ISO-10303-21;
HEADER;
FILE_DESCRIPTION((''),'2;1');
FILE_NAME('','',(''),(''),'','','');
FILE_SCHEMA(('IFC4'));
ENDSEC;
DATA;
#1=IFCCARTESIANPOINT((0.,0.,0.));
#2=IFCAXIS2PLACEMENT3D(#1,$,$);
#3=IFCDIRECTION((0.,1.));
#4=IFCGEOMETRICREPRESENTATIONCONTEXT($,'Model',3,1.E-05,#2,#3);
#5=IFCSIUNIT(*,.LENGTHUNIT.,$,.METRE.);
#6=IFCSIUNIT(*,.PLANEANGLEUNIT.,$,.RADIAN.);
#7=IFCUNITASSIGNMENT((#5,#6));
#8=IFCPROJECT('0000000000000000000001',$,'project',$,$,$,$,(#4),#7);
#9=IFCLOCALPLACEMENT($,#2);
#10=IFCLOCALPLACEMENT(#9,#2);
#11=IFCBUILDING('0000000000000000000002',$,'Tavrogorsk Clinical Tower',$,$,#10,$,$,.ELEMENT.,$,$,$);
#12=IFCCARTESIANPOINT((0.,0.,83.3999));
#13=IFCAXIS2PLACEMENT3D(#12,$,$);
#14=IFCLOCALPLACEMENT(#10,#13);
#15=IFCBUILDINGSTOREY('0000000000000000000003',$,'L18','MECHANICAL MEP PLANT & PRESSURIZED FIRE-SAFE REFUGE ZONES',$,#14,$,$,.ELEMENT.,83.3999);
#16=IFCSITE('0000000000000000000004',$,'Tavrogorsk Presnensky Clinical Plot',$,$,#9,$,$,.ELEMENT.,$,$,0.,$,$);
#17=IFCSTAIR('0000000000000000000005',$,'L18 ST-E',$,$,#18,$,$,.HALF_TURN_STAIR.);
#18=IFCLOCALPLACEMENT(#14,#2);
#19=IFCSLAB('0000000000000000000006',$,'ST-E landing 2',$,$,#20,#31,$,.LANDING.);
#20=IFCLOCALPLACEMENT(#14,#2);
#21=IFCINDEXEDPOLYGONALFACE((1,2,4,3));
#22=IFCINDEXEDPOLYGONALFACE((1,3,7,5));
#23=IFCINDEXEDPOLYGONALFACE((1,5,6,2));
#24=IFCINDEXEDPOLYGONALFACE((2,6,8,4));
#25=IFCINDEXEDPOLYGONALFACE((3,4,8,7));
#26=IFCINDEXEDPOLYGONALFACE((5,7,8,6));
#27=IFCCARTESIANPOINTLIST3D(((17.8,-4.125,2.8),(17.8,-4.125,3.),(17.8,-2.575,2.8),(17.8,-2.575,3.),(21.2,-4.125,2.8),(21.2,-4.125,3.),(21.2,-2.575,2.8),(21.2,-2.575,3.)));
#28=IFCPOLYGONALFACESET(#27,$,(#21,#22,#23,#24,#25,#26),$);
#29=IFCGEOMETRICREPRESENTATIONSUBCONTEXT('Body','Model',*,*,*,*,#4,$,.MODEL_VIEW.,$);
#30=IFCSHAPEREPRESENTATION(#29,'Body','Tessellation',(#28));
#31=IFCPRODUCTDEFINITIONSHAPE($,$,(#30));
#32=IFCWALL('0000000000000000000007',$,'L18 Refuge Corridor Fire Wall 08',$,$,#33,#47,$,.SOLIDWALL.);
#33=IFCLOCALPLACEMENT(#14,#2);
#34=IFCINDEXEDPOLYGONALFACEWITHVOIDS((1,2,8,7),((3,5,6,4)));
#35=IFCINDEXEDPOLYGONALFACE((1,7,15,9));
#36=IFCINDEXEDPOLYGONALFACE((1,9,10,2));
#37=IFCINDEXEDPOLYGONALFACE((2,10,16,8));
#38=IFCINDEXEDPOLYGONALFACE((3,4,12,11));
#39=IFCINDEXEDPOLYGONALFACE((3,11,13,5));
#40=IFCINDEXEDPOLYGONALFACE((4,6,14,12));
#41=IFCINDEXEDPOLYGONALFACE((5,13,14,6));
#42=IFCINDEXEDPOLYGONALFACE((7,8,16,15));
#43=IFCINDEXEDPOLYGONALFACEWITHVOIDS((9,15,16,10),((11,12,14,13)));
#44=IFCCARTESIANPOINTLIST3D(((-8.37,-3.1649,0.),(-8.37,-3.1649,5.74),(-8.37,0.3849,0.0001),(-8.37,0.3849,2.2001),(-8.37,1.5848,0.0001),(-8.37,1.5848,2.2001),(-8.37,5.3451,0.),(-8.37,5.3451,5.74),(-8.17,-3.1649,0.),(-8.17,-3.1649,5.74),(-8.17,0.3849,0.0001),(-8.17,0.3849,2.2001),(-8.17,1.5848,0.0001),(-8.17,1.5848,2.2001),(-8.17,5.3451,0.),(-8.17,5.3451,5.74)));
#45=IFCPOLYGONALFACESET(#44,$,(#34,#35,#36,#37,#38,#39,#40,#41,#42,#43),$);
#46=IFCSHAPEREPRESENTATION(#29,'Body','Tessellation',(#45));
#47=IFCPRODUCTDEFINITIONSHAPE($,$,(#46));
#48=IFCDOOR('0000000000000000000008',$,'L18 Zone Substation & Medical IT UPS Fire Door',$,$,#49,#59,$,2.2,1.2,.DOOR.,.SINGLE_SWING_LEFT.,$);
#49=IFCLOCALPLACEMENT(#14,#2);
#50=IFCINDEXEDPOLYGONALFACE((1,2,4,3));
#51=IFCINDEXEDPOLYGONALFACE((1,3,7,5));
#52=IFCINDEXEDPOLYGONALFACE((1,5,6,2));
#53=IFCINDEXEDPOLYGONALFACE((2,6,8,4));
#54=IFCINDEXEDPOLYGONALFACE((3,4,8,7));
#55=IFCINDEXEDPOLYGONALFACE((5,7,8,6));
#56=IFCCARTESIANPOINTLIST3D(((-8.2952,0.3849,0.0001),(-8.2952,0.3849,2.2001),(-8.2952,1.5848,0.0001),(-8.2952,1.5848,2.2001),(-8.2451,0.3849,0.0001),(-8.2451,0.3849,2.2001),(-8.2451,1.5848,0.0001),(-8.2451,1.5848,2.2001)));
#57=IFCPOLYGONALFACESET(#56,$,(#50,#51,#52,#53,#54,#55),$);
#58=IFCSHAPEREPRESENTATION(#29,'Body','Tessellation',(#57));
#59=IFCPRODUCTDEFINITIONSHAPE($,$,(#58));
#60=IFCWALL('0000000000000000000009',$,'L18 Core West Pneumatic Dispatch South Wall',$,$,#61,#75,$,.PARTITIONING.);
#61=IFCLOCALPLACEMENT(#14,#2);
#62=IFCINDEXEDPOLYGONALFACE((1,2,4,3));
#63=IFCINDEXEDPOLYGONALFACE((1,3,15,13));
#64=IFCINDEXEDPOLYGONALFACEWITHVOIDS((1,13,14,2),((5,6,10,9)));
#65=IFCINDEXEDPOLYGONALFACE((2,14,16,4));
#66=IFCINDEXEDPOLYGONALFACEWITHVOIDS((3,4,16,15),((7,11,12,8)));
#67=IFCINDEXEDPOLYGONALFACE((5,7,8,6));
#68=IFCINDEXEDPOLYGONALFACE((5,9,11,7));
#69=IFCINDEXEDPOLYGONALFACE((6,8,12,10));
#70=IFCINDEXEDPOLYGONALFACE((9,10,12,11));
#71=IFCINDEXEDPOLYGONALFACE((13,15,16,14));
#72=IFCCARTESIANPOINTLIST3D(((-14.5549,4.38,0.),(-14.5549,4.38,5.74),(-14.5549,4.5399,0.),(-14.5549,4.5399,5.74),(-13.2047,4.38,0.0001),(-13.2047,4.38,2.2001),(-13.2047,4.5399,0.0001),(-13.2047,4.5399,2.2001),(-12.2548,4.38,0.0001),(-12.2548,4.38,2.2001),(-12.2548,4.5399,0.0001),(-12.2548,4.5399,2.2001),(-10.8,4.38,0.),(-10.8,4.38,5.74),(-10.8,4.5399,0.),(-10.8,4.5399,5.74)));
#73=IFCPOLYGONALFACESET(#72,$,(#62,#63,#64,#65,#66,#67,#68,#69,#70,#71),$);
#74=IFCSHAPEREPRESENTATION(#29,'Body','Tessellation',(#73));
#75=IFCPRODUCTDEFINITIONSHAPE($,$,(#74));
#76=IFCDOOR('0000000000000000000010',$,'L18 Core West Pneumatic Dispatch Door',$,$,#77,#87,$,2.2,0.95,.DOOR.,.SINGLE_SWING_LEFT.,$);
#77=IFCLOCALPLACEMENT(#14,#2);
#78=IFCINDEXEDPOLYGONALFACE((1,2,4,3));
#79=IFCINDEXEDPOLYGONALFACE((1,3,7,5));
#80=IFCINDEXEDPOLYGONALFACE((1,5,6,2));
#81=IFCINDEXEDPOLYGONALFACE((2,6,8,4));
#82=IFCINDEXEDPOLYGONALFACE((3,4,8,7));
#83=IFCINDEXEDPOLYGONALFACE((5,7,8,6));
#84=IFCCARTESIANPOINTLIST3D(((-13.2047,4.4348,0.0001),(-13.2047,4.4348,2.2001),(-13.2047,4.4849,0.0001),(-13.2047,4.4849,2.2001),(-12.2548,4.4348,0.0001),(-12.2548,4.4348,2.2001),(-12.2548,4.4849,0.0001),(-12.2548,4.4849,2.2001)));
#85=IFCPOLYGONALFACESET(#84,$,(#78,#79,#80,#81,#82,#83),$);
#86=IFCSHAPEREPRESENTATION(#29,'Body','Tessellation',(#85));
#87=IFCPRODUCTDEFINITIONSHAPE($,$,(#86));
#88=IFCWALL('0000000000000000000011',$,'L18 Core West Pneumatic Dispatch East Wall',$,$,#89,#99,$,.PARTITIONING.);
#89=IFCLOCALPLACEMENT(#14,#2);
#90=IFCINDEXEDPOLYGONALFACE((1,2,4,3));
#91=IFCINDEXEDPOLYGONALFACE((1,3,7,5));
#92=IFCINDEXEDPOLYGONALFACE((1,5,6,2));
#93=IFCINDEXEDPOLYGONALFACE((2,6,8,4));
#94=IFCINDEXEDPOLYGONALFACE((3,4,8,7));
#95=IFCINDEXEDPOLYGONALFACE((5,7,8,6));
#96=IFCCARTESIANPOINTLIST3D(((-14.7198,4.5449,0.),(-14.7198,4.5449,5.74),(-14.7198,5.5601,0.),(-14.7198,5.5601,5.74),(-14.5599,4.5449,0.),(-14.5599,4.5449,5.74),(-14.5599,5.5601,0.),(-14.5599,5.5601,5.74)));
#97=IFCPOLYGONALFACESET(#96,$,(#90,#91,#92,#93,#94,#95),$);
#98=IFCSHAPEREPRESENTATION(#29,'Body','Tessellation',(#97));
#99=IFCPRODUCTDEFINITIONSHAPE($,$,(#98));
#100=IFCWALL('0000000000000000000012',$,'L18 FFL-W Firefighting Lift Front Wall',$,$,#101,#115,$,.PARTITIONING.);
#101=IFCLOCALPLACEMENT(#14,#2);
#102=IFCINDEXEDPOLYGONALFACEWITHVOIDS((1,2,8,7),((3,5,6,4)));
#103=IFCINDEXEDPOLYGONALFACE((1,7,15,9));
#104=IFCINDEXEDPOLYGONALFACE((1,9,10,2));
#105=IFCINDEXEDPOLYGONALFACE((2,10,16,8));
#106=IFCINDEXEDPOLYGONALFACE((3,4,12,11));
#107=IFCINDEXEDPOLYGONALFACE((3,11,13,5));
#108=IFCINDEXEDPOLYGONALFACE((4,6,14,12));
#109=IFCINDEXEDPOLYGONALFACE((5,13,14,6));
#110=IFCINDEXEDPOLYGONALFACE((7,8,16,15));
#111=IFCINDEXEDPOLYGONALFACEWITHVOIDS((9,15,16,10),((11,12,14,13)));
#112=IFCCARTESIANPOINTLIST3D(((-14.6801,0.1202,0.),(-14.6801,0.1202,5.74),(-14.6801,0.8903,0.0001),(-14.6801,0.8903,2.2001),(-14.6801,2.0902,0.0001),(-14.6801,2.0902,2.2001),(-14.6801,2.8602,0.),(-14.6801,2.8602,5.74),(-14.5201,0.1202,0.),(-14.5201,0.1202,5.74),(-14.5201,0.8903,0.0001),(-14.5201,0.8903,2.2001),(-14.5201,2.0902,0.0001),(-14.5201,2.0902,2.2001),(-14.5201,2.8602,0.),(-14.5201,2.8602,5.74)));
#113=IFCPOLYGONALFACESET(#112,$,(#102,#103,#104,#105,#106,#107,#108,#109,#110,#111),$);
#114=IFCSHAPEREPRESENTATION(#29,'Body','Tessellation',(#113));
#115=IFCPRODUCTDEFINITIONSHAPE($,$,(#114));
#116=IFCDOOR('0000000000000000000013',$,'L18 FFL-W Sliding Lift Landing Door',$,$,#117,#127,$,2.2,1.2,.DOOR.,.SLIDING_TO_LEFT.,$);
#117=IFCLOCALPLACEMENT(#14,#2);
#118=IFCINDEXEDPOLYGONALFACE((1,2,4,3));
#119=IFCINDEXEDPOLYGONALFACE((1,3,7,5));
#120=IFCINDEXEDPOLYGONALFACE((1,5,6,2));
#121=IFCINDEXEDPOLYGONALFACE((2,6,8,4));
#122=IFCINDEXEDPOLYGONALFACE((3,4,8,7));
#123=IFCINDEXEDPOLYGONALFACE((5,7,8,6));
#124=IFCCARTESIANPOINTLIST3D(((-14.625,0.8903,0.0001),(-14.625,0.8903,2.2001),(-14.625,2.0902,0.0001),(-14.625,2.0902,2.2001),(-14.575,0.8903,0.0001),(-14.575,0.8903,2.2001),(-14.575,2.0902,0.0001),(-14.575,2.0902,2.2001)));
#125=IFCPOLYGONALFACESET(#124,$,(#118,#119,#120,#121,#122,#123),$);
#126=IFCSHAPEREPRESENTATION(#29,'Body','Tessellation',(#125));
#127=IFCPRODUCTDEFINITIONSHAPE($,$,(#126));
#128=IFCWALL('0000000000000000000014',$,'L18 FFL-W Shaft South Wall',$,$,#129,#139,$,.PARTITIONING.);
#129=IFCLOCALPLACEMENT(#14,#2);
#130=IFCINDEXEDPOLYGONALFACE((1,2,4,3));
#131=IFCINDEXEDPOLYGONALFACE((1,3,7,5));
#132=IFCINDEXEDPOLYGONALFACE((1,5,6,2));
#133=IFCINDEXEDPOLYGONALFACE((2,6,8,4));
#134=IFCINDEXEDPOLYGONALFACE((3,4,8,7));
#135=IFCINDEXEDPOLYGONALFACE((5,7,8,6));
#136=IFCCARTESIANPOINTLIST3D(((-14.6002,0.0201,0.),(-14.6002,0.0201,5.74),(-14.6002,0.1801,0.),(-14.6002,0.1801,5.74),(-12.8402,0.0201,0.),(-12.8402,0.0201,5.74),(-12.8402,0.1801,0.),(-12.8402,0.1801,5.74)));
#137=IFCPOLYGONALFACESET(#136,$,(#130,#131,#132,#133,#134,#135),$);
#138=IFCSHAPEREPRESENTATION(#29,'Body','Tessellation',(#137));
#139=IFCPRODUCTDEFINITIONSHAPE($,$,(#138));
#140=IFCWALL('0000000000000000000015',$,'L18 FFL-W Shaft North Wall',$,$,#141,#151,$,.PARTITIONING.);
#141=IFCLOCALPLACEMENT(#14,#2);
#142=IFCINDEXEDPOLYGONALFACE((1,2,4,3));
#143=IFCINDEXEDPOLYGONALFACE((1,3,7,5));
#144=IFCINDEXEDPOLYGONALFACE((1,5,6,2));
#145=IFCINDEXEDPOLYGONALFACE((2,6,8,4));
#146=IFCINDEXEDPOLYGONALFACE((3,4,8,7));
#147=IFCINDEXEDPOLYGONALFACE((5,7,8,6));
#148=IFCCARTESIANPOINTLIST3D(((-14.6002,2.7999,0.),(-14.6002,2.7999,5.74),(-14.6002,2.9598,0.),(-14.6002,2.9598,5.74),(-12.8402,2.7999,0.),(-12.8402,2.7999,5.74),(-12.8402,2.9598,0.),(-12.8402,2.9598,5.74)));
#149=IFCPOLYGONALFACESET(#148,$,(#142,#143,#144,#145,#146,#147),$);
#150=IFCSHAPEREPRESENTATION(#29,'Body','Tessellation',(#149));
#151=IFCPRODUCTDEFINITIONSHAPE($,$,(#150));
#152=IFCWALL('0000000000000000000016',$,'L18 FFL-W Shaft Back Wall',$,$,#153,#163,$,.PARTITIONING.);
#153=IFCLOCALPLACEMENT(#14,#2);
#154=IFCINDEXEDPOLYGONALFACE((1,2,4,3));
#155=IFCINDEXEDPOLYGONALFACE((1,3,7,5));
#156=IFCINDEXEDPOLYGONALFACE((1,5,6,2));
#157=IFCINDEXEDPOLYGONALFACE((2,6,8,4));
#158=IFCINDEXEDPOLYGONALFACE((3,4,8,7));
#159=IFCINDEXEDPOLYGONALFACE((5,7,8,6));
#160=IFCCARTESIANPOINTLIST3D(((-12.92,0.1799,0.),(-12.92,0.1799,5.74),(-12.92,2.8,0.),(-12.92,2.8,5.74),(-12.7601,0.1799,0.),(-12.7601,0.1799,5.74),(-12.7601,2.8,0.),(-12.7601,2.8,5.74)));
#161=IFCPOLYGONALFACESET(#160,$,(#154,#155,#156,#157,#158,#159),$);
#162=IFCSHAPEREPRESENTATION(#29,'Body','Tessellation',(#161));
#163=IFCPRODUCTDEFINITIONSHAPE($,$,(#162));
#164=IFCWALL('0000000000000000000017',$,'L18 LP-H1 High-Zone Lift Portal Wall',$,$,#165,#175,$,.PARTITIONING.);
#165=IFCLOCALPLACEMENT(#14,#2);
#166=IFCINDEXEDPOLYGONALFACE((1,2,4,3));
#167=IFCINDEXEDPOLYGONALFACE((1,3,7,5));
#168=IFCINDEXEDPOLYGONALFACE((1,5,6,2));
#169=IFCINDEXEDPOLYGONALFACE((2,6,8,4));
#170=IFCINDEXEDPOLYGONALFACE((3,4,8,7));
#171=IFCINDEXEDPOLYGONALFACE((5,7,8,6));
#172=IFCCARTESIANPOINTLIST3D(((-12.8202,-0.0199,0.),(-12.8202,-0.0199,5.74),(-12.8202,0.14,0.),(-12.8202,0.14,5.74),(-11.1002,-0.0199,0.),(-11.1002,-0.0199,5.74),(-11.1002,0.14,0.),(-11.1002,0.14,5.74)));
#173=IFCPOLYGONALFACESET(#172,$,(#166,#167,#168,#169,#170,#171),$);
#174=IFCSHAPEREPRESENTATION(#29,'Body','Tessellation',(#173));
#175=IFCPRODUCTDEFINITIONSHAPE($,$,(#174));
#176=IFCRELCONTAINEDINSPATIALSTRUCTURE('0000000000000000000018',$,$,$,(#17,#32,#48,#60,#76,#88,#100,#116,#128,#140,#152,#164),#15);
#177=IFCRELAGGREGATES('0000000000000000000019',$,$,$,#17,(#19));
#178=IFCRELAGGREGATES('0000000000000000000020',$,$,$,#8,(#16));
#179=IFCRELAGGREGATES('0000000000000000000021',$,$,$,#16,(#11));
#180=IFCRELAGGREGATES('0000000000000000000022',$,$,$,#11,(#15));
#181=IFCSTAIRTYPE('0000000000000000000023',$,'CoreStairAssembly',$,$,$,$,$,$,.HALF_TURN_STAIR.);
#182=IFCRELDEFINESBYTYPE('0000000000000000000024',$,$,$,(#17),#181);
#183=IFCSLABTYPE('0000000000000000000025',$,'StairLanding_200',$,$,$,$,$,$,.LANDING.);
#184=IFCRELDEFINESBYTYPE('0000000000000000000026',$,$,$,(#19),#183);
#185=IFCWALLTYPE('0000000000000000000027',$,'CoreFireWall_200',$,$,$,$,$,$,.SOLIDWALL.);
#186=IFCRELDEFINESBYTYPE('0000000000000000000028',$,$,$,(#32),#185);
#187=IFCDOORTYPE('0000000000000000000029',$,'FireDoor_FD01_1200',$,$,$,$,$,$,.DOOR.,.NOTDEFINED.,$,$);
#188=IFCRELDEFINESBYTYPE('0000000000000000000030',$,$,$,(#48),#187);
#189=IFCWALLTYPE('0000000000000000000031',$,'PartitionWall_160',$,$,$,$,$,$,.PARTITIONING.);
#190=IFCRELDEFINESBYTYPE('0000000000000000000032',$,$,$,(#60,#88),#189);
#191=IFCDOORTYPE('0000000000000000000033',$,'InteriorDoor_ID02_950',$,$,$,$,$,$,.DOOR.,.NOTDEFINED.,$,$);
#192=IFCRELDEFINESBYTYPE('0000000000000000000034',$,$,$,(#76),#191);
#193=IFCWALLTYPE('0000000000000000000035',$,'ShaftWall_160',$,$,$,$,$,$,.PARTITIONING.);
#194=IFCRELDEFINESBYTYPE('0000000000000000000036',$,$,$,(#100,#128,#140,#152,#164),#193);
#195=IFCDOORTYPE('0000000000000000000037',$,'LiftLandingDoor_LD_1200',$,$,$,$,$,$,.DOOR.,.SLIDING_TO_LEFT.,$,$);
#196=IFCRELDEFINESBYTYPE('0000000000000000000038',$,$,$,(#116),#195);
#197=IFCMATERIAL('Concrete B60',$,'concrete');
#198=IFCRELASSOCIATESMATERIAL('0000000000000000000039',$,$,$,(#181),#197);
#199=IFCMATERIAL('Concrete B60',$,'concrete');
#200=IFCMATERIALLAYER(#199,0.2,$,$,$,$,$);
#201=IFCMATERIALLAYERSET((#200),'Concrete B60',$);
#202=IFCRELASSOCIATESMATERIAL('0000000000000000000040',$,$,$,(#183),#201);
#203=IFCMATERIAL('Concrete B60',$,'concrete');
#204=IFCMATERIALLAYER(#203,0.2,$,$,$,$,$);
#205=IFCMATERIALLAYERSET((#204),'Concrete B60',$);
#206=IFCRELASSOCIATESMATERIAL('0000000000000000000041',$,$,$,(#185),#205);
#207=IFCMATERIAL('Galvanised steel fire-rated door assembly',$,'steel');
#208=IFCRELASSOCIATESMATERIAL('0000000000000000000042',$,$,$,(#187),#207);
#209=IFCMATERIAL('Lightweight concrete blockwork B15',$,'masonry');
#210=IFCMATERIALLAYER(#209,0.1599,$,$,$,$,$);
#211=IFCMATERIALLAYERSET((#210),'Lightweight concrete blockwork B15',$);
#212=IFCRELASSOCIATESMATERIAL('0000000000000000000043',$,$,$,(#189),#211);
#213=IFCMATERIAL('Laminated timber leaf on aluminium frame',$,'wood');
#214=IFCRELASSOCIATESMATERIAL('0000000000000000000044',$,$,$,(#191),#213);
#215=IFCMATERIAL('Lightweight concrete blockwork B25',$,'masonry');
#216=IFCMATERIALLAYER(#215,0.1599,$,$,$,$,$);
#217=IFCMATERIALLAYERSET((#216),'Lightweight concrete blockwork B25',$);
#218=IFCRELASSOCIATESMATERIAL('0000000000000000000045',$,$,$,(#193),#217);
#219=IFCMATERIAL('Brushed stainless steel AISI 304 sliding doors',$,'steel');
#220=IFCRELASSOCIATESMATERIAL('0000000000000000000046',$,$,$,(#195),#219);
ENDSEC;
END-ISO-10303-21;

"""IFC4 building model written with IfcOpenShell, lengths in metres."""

from ifc_helpers import new_model, si_unit, direction, frame, frame_2d, origin, place, context, subcontext, project, spatial, polyline, rectangle, outline, extrude, material, layer, layer_set, type_object, element, fill, aggregate, save


model = new_model("IFC4")

# Units and contexts
model_context = context("Model", 3, precision=1e-05, world=origin(), true_north=direction((0.0, 1.0)))
body_context = subcontext(model_context, "Body", "Model", "MODEL_VIEW")
ifc_project = project(units=[si_unit("LENGTHUNIT", "METRE"), si_unit("PLANEANGLEUNIT", "RADIAN")], contexts=[model_context])

# Site, building, storey
site_placement = place(None, origin())
site = spatial("IfcSite", under=ifc_project, at=site_placement, Name="Tavrogorsk Presnensky Clinical Plot", CompositionType="ELEMENT", RefElevation=0.0)
building_placement = place(site_placement, origin())
building = spatial("IfcBuilding", under=site, at=building_placement, Name="Tavrogorsk Clinical Tower", CompositionType="ELEMENT")
storey_placement = place(building_placement, frame((0.0, 0.0, 83.3999)))
storey = spatial("IfcBuildingStorey", under=building, at=storey_placement, Name="L18", Description="MECHANICAL MEP PLANT & PRESSURIZED FIRE-SAFE REFUGE ZONES", CompositionType="ELEMENT", Elevation=83.3999)

# Stair, slab
ifc_material_1 = material(Name="Concrete B60", Category="concrete")
stair_type = type_object("IfcStairType", Name="CoreStairAssembly", PredefinedType="HALF_TURN_STAIR", material=ifc_material_1)
ifc_material_2 = material(Name="Concrete B60", Category="concrete")
ifc_layer_1 = layer(ifc_material_2, 0.2)
ifc_layer_set_1 = layer_set([ifc_layer_1], Name="Concrete B60")
slab_type_1 = type_object("IfcSlabType", Name="StairLanding_200", PredefinedType="LANDING", material=ifc_layer_set_1)
stair_1_placement = place(storey_placement, origin())
stair_1 = element("IfcStair", 1, at=stair_1_placement, inside=storey, type_object=stair_type, Name="L18 ST-E", PredefinedType="HALF_TURN_STAIR")
slab_1_placement = place(storey_placement, frame((0.0, 0.0, 2.8)))
slab_1 = element("IfcSlab", 2, at=slab_1_placement, type_object=slab_type_1, Name="ST-E landing 2", PredefinedType="LANDING", context=body_context, shape_type="SweptSolid", body=[
    extrude(outline(polyline([(21.2, -4.125), (21.2, -2.575), (17.8, -2.575), (17.8, -4.125), (21.2, -4.125)])), origin(), (0.0, 0.0, 1.0), 0.2),
])
aggregate(stair_1, [slab_1])

# Walls, openings, doors
ifc_material_3 = material(Name="Concrete B60", Category="concrete")
ifc_layer_2 = layer(ifc_material_3, 0.2)
ifc_layer_set_2 = layer_set([ifc_layer_2], Name="Concrete B60")
wall_type_1 = type_object("IfcWallType", Name="CoreFireWall_200", PredefinedType="SOLIDWALL", material=ifc_layer_set_2)
wall_1_placement = place(storey_placement, frame((-8.27, 5.345, 0.0), z_axis=(0.0, 0.0, 1.0), x_axis=(0.0, -1.0, 0.0)))
wall_1 = element("IfcWall", 3, at=wall_1_placement, inside=storey, type_object=wall_type_1, Name="L18 Refuge Corridor Fire Wall 08", PredefinedType="SOLIDWALL", context=body_context, shape_type="SweptSolid", body=[
    extrude(rectangle(XDim=8.51, YDim=0.2, at=frame_2d((4.2549, 0.0))), origin(), (0.0, 0.0, 1.0), 5.74),
])
opening_1_placement = place(wall_1_placement, frame((3.76, 0.0, 0.0)))
opening_1 = element("IfcOpeningElement", 4, at=opening_1_placement, cuts=wall_1, PredefinedType="OPENING", context=body_context, shape_type="SweptSolid", body=[
    extrude(rectangle(XDim=1.2, YDim=2.2, at=frame_2d((0.6001, 1.1001))), frame((0.0, 0.1099, 0.0), z_axis=(0.0, -1.0, 0.0), x_axis=(1.0, 0.0, 0.0)), (0.0, 0.0, 1.0), 0.22),
])
ifc_material_4 = material(Name="Galvanised steel fire-rated door assembly", Category="steel")
door_type_1 = type_object("IfcDoorType", Name="FireDoor_FD01_1200", OperationType="NOTDEFINED", PredefinedType="DOOR", material=ifc_material_4)
door_1_placement = place(opening_1_placement, origin())
door_1 = element("IfcDoor", 5, at=door_1_placement, inside=storey, type_object=door_type_1, Name="L18 Zone Substation & Medical IT UPS Fire Door", OperationType="SINGLE_SWING_LEFT", OverallHeight=2.2, OverallWidth=1.2, PredefinedType="DOOR", context=body_context, shape_type="SweptSolid", body=[
    extrude(rectangle(XDim=1.2, YDim=2.2, at=frame_2d((0.6001, 1.1001))), frame((0.0, 0.0249, 0.0), z_axis=(0.0, -1.0, 0.0), x_axis=(1.0, 0.0, 0.0)), (0.0, 0.0, 1.0), 0.05),
])
fill(opening_1, door_1)
ifc_material_5 = material(Name="Lightweight concrete blockwork B15", Category="masonry")
ifc_layer_3 = layer(ifc_material_5, 0.1599)
ifc_layer_set_3 = layer_set([ifc_layer_3], Name="Lightweight concrete blockwork B15")
wall_type_2 = type_object("IfcWallType", Name="PartitionWall_160", PredefinedType="PARTITIONING", material=ifc_layer_set_3)
wall_2_placement = place(storey_placement, frame((-14.5549, 4.46, 0.0), z_axis=(0.0, 0.0, 1.0), x_axis=(1.0, 0.0, 0.0)))
wall_2 = element("IfcWall", 6, at=wall_2_placement, inside=storey, type_object=wall_type_2, Name="L18 Core West Pneumatic Dispatch South Wall", PredefinedType="PARTITIONING", context=body_context, shape_type="SweptSolid", body=[
    extrude(rectangle(XDim=3.7549, YDim=0.1599, at=frame_2d((1.8774, 0.0))), origin(), (0.0, 0.0, 1.0), 5.74),
])
opening_2_placement = place(wall_2_placement, frame((1.3501, 0.0, 0.0)))
opening_2 = element("IfcOpeningElement", 7, at=opening_2_placement, cuts=wall_2, PredefinedType="OPENING", context=body_context, shape_type="SweptSolid", body=[
    extrude(rectangle(XDim=0.95, YDim=2.2, at=frame_2d((0.4751, 1.1001))), frame((0.0, 0.0898, 0.0), z_axis=(0.0, -1.0, 0.0), x_axis=(1.0, 0.0, 0.0)), (0.0, 0.0, 1.0), 0.1799),
])
ifc_material_6 = material(Name="Laminated timber leaf on aluminium frame", Category="wood")
door_type_2 = type_object("IfcDoorType", Name="InteriorDoor_ID02_950", OperationType="NOTDEFINED", PredefinedType="DOOR", material=ifc_material_6)
door_2_placement = place(opening_2_placement, origin())
door_2 = element("IfcDoor", 8, at=door_2_placement, inside=storey, type_object=door_type_2, Name="L18 Core West Pneumatic Dispatch Door", OperationType="SINGLE_SWING_LEFT", OverallHeight=2.2, OverallWidth=0.95, PredefinedType="DOOR", context=body_context, shape_type="SweptSolid", body=[
    extrude(rectangle(XDim=0.95, YDim=2.2, at=frame_2d((0.4751, 1.1001))), frame((0.0, 0.0249, 0.0), z_axis=(0.0, -1.0, 0.0), x_axis=(1.0, 0.0, 0.0)), (0.0, 0.0, 1.0), 0.05),
])
fill(opening_2, door_2)

# Wall
wall_3_placement = place(storey_placement, frame((-14.6399, 4.5449, 0.0), z_axis=(0.0, 0.0, 1.0), x_axis=(0.0, 1.0, 0.0)))
element("IfcWall", 9, at=wall_3_placement, inside=storey, type_object=wall_type_2, Name="L18 Core West Pneumatic Dispatch East Wall", PredefinedType="PARTITIONING", context=body_context, shape_type="SweptSolid", body=[
    extrude(rectangle(XDim=1.0151, YDim=0.1599, at=frame_2d((0.5076, 0.0))), origin(), (0.0, 0.0, 1.0), 5.74),
])

# Wall, opening, door
ifc_material_7 = material(Name="Lightweight concrete blockwork B25", Category="masonry")
ifc_layer_4 = layer(ifc_material_7, 0.1599)
ifc_layer_set_4 = layer_set([ifc_layer_4], Name="Lightweight concrete blockwork B25")
wall_type_3 = type_object("IfcWallType", Name="ShaftWall_160", PredefinedType="PARTITIONING", material=ifc_layer_set_4)
wall_4_placement = place(storey_placement, frame((-14.6001, 0.1201, 0.0), z_axis=(0.0, 0.0, 1.0), x_axis=(0.0, 1.0, 0.0)))
wall_4 = element("IfcWall", 10, at=wall_4_placement, inside=storey, type_object=wall_type_3, Name="L18 FFL-W Firefighting Lift Front Wall", PredefinedType="PARTITIONING", context=body_context, shape_type="SweptSolid", body=[
    extrude(rectangle(XDim=2.74, YDim=0.1599, at=frame_2d((1.3701, 0.0))), origin(), (0.0, 0.0, 1.0), 5.74),
])
opening_3_placement = place(wall_4_placement, frame((0.77, 0.0, 0.0)))
opening_3 = element("IfcOpeningElement", 11, at=opening_3_placement, cuts=wall_4, PredefinedType="OPENING", context=body_context, shape_type="SweptSolid", body=[
    extrude(rectangle(XDim=1.2, YDim=2.2, at=frame_2d((0.6001, 1.1001))), frame((0.0, 0.0898, 0.0), z_axis=(0.0, -1.0, 0.0), x_axis=(1.0, 0.0, 0.0)), (0.0, 0.0, 1.0), 0.1799),
])
ifc_material_8 = material(Name="Brushed stainless steel AISI 304 sliding doors", Category="steel")
door_type_3 = type_object("IfcDoorType", Name="LiftLandingDoor_LD_1200", OperationType="SLIDING_TO_LEFT", PredefinedType="DOOR", material=ifc_material_8)
door_3_placement = place(opening_3_placement, origin())
door_3 = element("IfcDoor", 12, at=door_3_placement, inside=storey, type_object=door_type_3, Name="L18 FFL-W Sliding Lift Landing Door", OperationType="SLIDING_TO_LEFT", OverallHeight=2.2, OverallWidth=1.2, PredefinedType="DOOR", context=body_context, shape_type="SweptSolid", body=[
    extrude(rectangle(XDim=1.2, YDim=2.2, at=frame_2d((0.6001, 1.1001))), frame((0.0, 0.0249, 0.0), z_axis=(0.0, -1.0, 0.0), x_axis=(1.0, 0.0, 0.0)), (0.0, 0.0, 1.0), 0.05),
])
fill(opening_3, door_3)

# Walls
for number, where, z_axis, x_axis, name in (
    (13, (-14.6001, 0.1001, 0.0), (0.0, 0.0, 1.0), (1.0, 0.0, 0.0), "L18 FFL-W Shaft South Wall"),
    (14, (-14.6001, 2.8799, 0.0), (0.0, 0.0, 1.0), (1.0, 0.0, 0.0), "L18 FFL-W Shaft North Wall"),
):
    element("IfcWall", number, at=place(storey_placement, frame(where, z_axis=z_axis, x_axis=x_axis)), inside=storey, type_object=wall_type_3, Name=name, PredefinedType="PARTITIONING", context=body_context, shape_type="SweptSolid", body=[
        extrude(rectangle(XDim=1.76, YDim=0.1599, at=frame_2d((0.8799, 0.0))), origin(), (0.0, 0.0, 1.0), 5.74),
    ])
wall_5_placement = place(storey_placement, frame((-12.8401, 0.1799, 0.0), z_axis=(0.0, 0.0, 1.0), x_axis=(0.0, 1.0, 0.0)))
element("IfcWall", 15, at=wall_5_placement, inside=storey, type_object=wall_type_3, Name="L18 FFL-W Shaft Back Wall", PredefinedType="PARTITIONING", context=body_context, shape_type="SweptSolid", body=[
    extrude(rectangle(XDim=2.6201, YDim=0.1599, at=frame_2d((1.3101, 0.0))), origin(), (0.0, 0.0, 1.0), 5.74),
])
for number, where, z_axis, x_axis, name in (
    (16, (-12.8201, 0.0601, 0.0), (0.0, 0.0, 1.0), (1.0, 0.0, 0.0), "L18 LP-H1 High-Zone Lift Portal Wall"),
):
    element("IfcWall", number, at=place(storey_placement, frame(where, z_axis=z_axis, x_axis=x_axis)), inside=storey, type_object=wall_type_3, Name=name, PredefinedType="PARTITIONING", context=body_context, shape_type="SweptSolid", body=[
        extrude(rectangle(XDim=1.72, YDim=0.1599, at=frame_2d((0.8599, 0.0))), origin(), (0.0, 0.0, 1.0), 5.74),
    ])

save(model, "model.ifc")
